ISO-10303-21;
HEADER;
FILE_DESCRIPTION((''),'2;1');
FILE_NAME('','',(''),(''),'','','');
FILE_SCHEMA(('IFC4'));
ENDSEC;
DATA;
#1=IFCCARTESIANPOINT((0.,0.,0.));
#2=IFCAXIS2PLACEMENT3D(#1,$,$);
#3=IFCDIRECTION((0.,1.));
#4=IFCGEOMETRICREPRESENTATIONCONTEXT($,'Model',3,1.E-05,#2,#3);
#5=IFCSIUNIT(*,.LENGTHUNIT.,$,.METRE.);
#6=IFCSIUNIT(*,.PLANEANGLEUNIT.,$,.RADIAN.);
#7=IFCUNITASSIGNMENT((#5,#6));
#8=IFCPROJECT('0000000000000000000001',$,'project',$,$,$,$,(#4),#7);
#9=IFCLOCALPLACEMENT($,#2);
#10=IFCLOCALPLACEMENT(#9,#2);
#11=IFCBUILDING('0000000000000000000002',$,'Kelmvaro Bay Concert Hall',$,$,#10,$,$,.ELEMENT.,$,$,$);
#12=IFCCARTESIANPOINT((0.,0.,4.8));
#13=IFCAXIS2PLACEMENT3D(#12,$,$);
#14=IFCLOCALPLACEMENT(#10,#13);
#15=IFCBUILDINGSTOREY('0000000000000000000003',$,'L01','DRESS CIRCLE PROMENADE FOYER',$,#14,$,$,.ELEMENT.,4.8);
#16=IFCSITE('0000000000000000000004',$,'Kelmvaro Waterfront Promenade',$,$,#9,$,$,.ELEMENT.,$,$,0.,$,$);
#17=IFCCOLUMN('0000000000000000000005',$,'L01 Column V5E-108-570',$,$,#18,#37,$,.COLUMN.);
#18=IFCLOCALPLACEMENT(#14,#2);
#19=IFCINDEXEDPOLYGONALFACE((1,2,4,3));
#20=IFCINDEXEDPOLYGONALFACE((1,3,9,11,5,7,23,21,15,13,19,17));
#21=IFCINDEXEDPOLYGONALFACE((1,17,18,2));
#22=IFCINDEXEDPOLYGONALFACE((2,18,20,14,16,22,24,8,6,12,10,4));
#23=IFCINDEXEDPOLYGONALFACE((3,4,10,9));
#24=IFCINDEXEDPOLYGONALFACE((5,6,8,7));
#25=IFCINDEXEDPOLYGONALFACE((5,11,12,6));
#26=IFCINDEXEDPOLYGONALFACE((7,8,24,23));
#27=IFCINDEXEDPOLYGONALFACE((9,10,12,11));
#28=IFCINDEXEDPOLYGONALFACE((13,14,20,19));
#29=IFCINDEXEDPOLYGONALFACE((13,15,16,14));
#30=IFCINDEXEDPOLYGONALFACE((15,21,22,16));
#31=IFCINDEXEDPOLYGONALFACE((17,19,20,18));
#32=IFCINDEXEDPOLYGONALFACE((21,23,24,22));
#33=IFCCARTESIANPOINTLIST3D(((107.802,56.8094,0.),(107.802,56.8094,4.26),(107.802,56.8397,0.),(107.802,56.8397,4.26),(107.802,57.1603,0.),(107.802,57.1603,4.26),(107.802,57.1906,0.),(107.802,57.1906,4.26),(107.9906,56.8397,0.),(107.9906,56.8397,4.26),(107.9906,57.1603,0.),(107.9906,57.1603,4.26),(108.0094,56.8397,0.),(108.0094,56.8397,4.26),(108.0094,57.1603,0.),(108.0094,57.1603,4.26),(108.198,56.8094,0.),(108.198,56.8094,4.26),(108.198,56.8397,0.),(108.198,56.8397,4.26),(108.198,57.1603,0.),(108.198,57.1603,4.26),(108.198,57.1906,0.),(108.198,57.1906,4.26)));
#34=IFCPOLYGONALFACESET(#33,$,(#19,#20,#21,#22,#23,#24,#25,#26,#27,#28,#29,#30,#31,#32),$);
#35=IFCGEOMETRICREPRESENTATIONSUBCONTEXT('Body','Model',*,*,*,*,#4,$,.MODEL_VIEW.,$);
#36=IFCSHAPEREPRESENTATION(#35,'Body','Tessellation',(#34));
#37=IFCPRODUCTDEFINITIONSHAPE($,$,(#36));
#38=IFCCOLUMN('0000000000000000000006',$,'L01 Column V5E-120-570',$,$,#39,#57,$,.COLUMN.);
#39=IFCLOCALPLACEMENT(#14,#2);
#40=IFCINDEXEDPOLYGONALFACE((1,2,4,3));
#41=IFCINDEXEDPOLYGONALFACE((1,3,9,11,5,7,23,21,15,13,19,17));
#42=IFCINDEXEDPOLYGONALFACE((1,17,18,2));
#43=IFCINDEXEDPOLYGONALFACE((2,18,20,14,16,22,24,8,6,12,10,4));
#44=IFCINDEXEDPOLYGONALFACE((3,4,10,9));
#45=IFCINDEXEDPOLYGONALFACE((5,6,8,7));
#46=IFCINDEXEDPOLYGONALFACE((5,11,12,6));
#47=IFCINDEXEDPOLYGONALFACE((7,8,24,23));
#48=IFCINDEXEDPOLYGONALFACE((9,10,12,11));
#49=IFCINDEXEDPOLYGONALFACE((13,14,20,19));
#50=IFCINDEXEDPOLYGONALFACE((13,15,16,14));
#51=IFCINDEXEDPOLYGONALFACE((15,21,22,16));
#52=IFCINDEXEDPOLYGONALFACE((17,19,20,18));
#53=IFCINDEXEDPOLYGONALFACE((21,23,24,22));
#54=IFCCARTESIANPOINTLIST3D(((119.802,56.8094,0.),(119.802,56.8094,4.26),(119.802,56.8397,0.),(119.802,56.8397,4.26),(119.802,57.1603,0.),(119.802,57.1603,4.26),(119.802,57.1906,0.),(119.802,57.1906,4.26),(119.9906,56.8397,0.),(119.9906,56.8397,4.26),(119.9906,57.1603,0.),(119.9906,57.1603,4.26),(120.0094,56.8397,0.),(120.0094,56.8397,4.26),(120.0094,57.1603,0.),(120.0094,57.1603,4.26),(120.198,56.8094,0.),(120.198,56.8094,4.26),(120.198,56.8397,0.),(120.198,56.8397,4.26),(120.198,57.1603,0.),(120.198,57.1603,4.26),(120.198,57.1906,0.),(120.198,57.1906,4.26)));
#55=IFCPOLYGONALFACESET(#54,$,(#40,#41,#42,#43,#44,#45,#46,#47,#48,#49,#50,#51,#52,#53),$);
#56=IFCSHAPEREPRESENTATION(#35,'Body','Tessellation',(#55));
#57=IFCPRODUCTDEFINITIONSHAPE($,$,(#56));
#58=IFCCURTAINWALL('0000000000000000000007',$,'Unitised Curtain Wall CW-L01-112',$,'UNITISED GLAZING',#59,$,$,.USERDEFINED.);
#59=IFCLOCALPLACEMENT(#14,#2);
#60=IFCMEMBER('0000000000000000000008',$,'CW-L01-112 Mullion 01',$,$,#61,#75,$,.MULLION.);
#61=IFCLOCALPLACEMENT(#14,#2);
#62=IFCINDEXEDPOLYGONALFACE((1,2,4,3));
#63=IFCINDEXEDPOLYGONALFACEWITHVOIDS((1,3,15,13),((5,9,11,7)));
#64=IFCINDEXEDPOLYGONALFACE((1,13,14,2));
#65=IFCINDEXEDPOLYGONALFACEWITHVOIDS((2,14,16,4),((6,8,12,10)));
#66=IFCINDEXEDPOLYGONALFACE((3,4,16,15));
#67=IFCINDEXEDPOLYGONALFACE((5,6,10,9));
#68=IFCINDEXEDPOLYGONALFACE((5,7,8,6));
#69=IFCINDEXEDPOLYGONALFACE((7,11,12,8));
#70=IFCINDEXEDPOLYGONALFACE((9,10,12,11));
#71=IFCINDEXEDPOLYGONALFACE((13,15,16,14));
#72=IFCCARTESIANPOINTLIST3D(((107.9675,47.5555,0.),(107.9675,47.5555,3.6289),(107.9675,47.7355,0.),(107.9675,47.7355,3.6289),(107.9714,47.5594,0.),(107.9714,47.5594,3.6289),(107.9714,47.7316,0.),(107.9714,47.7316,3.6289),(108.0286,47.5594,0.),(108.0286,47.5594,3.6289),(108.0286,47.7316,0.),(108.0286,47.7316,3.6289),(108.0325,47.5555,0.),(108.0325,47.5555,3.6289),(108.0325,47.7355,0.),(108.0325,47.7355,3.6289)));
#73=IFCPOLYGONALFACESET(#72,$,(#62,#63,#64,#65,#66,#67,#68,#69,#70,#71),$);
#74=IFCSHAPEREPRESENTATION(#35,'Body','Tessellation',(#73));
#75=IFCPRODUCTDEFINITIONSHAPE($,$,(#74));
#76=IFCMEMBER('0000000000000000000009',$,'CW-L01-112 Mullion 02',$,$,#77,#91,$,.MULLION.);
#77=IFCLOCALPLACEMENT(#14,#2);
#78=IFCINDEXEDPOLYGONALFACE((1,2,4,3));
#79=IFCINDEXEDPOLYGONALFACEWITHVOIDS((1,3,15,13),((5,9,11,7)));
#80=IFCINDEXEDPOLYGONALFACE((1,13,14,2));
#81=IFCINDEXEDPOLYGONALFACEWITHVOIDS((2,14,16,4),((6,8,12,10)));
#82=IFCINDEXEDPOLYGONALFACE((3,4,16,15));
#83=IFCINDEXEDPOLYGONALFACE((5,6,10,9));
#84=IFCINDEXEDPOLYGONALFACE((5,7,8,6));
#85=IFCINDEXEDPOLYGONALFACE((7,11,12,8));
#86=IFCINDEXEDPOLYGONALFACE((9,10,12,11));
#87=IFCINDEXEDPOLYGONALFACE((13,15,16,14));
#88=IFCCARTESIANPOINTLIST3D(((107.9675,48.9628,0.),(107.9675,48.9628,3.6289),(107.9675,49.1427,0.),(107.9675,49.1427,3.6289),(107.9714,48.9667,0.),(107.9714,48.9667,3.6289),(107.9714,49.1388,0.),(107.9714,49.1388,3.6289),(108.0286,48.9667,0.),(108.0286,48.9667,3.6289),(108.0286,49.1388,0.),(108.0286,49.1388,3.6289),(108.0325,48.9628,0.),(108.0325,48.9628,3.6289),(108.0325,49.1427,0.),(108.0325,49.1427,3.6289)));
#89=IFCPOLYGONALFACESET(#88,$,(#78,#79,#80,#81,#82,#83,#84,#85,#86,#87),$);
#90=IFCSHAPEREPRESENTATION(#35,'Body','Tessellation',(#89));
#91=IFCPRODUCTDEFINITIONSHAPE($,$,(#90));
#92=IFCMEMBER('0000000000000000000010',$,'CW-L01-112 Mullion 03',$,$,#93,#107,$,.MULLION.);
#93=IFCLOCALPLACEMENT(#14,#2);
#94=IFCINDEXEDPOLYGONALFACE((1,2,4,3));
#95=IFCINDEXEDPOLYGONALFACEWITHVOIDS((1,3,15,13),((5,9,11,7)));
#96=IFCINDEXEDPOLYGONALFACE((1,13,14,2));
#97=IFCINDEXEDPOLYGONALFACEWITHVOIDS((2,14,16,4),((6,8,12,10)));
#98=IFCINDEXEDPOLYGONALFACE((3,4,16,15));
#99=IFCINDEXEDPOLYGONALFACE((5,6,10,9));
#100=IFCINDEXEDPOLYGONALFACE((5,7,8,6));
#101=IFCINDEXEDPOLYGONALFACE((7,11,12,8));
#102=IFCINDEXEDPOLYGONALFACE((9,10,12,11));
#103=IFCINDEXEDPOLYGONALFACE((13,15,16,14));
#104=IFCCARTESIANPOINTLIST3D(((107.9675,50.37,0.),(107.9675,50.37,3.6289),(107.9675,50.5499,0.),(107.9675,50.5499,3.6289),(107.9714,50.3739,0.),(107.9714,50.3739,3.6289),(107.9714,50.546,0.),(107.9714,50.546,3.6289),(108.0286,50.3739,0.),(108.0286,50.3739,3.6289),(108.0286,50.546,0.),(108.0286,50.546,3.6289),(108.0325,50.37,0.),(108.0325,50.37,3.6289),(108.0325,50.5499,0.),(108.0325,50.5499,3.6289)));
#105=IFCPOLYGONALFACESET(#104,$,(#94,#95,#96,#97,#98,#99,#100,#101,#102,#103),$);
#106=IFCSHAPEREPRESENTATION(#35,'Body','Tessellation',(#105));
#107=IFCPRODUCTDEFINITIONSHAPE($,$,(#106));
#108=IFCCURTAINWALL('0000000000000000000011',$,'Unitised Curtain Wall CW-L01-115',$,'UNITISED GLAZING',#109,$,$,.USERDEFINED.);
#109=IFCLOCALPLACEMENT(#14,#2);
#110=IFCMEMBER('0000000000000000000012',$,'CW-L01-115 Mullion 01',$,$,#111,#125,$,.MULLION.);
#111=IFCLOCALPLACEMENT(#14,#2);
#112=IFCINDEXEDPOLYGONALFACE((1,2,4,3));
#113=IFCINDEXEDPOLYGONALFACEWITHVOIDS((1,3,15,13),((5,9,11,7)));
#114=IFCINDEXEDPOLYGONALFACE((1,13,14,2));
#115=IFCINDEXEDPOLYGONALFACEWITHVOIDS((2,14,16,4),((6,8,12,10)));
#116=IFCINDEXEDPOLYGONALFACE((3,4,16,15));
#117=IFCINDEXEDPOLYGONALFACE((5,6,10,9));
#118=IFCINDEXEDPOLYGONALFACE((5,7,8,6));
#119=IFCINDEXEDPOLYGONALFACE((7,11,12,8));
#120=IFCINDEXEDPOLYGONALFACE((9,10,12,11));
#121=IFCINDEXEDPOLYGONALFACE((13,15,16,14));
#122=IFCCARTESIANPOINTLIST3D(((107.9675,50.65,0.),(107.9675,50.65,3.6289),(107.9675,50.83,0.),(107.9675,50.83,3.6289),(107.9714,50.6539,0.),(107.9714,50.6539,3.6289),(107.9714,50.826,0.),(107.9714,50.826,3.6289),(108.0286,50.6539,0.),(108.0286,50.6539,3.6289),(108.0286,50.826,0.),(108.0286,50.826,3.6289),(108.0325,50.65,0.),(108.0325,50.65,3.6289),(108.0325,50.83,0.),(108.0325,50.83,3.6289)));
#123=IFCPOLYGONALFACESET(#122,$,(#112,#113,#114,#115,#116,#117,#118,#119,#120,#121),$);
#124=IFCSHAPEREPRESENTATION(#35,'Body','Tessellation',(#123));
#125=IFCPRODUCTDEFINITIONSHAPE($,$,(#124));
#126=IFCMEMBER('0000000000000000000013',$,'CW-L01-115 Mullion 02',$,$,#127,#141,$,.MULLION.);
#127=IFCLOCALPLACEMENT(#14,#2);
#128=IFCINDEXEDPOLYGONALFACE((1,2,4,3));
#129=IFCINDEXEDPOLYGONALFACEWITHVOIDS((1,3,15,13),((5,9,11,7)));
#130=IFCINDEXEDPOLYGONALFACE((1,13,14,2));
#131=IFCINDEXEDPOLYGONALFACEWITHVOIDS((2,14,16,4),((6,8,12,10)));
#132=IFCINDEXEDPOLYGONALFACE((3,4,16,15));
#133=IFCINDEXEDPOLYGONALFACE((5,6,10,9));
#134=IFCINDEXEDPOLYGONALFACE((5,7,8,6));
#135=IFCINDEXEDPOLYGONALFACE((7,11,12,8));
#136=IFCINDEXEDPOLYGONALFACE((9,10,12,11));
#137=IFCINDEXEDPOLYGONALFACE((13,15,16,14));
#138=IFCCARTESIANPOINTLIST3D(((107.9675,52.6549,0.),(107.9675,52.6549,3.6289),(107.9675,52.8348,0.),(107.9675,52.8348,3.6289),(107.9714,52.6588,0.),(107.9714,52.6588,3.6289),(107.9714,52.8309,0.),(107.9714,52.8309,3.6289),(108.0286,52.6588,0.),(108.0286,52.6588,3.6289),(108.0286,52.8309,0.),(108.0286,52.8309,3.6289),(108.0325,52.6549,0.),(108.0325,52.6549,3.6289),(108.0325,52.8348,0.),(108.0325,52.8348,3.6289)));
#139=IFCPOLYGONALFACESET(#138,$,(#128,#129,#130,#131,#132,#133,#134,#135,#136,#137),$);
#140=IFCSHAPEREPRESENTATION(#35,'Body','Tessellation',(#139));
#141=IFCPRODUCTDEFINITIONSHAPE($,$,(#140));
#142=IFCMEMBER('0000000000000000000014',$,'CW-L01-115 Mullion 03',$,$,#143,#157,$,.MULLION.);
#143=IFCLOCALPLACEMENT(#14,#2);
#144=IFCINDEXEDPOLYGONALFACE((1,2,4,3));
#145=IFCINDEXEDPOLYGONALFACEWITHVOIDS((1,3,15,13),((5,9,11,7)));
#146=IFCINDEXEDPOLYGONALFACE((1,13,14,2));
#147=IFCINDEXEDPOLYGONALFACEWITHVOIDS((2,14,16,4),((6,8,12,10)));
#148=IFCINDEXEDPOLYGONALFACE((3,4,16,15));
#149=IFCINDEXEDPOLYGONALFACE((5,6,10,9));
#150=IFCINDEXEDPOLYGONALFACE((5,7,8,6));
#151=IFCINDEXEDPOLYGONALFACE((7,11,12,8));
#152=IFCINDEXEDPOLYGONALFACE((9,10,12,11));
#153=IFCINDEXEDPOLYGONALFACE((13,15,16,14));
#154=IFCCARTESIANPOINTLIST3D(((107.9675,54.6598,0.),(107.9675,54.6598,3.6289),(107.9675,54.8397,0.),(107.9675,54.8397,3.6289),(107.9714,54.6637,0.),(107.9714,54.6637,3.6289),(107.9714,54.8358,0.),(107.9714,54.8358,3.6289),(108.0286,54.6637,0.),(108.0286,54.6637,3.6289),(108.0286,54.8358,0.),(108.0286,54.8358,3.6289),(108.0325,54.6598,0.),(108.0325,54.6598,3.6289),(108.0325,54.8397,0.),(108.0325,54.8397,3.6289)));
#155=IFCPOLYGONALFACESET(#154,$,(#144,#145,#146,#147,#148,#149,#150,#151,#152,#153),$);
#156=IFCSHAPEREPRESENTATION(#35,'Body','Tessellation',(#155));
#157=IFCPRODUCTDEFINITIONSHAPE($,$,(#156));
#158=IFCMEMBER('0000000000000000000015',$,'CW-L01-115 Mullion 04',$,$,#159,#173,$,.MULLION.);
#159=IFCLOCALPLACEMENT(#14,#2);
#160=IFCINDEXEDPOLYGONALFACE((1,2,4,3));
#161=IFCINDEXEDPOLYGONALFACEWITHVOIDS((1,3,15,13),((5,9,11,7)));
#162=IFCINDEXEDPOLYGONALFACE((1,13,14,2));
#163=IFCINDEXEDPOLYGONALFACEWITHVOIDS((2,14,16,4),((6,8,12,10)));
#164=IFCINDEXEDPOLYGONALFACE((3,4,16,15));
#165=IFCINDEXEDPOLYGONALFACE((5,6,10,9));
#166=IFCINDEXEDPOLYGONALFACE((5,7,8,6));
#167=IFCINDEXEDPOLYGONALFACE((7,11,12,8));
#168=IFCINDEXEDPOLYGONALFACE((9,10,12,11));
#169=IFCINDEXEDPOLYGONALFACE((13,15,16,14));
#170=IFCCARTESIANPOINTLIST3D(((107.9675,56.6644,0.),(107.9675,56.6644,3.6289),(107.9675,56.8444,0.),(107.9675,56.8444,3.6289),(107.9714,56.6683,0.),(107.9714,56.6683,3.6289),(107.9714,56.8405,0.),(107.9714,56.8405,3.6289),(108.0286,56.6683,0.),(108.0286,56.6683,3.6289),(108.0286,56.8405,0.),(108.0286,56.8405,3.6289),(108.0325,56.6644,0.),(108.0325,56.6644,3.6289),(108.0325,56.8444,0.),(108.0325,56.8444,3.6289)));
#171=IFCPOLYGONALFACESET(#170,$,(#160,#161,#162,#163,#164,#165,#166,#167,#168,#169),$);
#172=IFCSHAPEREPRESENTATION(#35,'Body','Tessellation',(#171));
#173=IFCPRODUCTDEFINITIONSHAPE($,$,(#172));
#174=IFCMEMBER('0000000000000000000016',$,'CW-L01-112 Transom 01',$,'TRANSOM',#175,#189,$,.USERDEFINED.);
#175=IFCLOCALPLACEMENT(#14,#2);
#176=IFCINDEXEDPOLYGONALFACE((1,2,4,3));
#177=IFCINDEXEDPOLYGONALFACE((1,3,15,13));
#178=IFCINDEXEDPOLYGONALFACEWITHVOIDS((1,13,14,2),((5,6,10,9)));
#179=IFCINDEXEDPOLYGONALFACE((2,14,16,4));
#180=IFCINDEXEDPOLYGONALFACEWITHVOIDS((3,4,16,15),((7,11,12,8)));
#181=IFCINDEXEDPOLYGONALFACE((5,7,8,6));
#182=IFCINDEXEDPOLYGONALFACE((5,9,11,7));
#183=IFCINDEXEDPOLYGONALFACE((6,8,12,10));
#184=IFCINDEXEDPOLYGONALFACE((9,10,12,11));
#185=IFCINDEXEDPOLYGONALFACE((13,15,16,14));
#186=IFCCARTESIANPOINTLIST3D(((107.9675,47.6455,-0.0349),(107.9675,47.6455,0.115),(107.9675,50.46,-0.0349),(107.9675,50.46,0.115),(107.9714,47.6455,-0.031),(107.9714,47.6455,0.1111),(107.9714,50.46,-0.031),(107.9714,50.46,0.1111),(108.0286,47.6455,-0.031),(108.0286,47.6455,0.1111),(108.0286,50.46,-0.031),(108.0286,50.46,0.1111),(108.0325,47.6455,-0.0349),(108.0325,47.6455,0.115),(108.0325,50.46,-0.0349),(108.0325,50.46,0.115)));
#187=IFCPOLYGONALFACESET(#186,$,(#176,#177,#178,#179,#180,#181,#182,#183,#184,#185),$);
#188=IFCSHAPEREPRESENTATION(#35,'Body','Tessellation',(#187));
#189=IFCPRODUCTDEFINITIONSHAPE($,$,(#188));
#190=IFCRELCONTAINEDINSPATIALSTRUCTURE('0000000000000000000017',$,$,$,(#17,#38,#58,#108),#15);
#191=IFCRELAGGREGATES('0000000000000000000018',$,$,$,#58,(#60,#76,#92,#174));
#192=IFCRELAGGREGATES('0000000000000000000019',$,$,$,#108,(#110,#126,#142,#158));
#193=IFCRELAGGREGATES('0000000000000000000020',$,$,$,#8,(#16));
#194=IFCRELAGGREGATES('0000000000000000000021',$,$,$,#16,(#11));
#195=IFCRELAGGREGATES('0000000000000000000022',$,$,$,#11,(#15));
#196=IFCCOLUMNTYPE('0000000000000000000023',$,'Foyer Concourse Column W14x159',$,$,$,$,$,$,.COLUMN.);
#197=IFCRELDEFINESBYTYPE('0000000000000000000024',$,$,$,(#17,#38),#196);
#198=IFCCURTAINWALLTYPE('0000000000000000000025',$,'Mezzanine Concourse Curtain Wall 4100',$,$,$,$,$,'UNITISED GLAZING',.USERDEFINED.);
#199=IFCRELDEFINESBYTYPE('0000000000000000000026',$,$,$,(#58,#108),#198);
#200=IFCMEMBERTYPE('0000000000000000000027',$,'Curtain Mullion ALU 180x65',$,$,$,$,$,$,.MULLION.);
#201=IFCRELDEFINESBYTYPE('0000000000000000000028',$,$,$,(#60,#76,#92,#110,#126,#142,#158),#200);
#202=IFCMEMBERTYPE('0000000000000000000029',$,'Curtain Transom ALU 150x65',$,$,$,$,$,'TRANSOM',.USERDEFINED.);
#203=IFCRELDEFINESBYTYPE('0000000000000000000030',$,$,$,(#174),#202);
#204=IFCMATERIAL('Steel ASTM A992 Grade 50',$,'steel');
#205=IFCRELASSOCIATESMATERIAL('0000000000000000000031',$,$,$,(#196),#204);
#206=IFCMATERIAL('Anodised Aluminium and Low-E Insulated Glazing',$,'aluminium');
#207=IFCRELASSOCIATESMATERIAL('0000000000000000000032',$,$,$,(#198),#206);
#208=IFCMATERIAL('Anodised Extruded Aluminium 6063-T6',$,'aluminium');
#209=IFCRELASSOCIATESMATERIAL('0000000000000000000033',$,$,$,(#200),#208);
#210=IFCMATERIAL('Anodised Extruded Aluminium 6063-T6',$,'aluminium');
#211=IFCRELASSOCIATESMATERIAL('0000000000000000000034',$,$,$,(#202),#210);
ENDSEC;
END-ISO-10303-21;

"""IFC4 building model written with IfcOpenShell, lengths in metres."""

from ifc_helpers import new_model, si_unit, direction, frame, origin, origin_2d, place, context, subcontext, project, spatial, hollow_rectangle, i_section, extrude, material, material_profile, profile_set, type_object, element, aggregate, save


model = new_model("IFC4")

# Units and contexts
model_context = context("Model", 3, precision=1e-05, world=origin(), true_north=direction((0.0, 1.0)))
body_context = subcontext(model_context, "Body", "Model", "MODEL_VIEW")
ifc_project = project(units=[si_unit("LENGTHUNIT", "METRE"), si_unit("PLANEANGLEUNIT", "RADIAN")], contexts=[model_context])

# Site, building, storey
site_placement = place(None, origin())
site = spatial("IfcSite", under=ifc_project, at=site_placement, Name="Kelmvaro Waterfront Promenade", CompositionType="ELEMENT", RefElevation=0.0)
building_placement = place(site_placement, origin())
building = spatial("IfcBuilding", under=site, at=building_placement, Name="Kelmvaro Bay Concert Hall", CompositionType="ELEMENT")
storey_placement = place(building_placement, frame((0.0, 0.0, 4.8)))
storey = spatial("IfcBuildingStorey", under=building, at=storey_placement, Name="L01", Description="DRESS CIRCLE PROMENADE FOYER", CompositionType="ELEMENT", Elevation=4.8)

# Columns
ifc_material_1 = material(Name="Steel ASTM A992 Grade 50", Category="steel")
ifc_material_profile_1 = material_profile(ifc_material_1, i_section(OverallWidth=0.396, OverallDepth=0.3811, WebThickness=0.0188, FlangeThickness=0.0303, at=origin_2d()), Name="W14X159")
ifc_profile_set_1 = profile_set([ifc_material_profile_1], Name="Steel ASTM A992 Grade 50")
column_type = type_object("IfcColumnType", Name="Foyer Concourse Column W14x159", PredefinedType="COLUMN", material=ifc_profile_set_1)
for number, where, z_axis, x_axis, name in (
    (1, (108.0, 57.0, 0.0), (0.0, 0.0, 1.0), (1.0, 0.0, 0.0), "L01 Column V5E-108-570"),
    (2, (120.0, 57.0, 0.0), (0.0, 0.0, 1.0), (1.0, 0.0, 0.0), "L01 Column V5E-120-570"),
):
    element("IfcColumn", number, at=place(storey_placement, frame(where, z_axis=z_axis, x_axis=x_axis)), inside=storey, type_object=column_type, Name=name, PredefinedType="COLUMN", context=body_context, shape_type="SweptSolid", body=[
        extrude(i_section(OverallWidth=0.396, OverallDepth=0.3811, WebThickness=0.0188, FlangeThickness=0.0303, at=origin_2d()), origin(), (0.0, 0.0, 1.0), 4.26),
    ])

# Curtain walls, members
ifc_material_2 = material(Name="Anodised Aluminium and Low-E Insulated Glazing", Category="aluminium")
curtain_wall_type = type_object("IfcCurtainWallType", Name="Mezzanine Concourse Curtain Wall 4100", ElementType="UNITISED GLAZING", PredefinedType="USERDEFINED", material=ifc_material_2)
curtain_wall_1_placement = place(storey_placement, origin())
curtain_wall_1 = element("IfcCurtainWall", 3, at=curtain_wall_1_placement, inside=storey, type_object=curtain_wall_type, Name="Unitised Curtain Wall CW-L01-112", ObjectType="UNITISED GLAZING", PredefinedType="USERDEFINED")
ifc_material_3 = material(Name="Anodised Extruded Aluminium 6063-T6", Category="aluminium")
ifc_material_profile_2 = material_profile(ifc_material_3, hollow_rectangle(XDim=0.0649, YDim=0.1799, WallThickness=0.0039, at=origin_2d()), Name="ALU-MUL-180X65")
ifc_profile_set_2 = profile_set([ifc_material_profile_2], Name="Anodised Extruded Aluminium 6063-T6")
member_type_1 = type_object("IfcMemberType", Name="Curtain Mullion ALU 180x65", PredefinedType="MULLION", material=ifc_profile_set_2)
member_1_placement = place(storey_placement, frame((108.0, 47.6455, 0.0), z_axis=(0.0, 0.0, 1.0), x_axis=(1.0, 0.0, 0.0)))
member_1 = element("IfcMember", 4, at=member_1_placement, type_object=member_type_1, Name="CW-L01-112 Mullion 01", PredefinedType="MULLION", context=body_context, shape_type="SweptSolid", body=[
    extrude(hollow_rectangle(XDim=0.0649, YDim=0.1799, WallThickness=0.0039, at=origin_2d()), origin(), (0.0, 0.0, 1.0), 3.6289),
])
member_2_placement = place(storey_placement, frame((108.0, 49.0527, 0.0), z_axis=(0.0, 0.0, 1.0), x_axis=(1.0, 0.0, 0.0)))
member_2 = element("IfcMember", 5, at=member_2_placement, type_object=member_type_1, Name="CW-L01-112 Mullion 02", PredefinedType="MULLION", context=body_context, shape_type="SweptSolid", body=[
    extrude(hollow_rectangle(XDim=0.0649, YDim=0.1799, WallThickness=0.0039, at=origin_2d()), origin(), (0.0, 0.0, 1.0), 3.6289),
])
member_3_placement = place(storey_placement, frame((108.0, 50.46, 0.0), z_axis=(0.0, 0.0, 1.0), x_axis=(1.0, 0.0, 0.0)))
member_3 = element("IfcMember", 6, at=member_3_placement, type_object=member_type_1, Name="CW-L01-112 Mullion 03", PredefinedType="MULLION", context=body_context, shape_type="SweptSolid", body=[
    extrude(hollow_rectangle(XDim=0.0649, YDim=0.1799, WallThickness=0.0039, at=origin_2d()), origin(), (0.0, 0.0, 1.0), 3.6289),
])
curtain_wall_2_placement = place(storey_placement, origin())
curtain_wall_2 = element("IfcCurtainWall", 7, at=curtain_wall_2_placement, inside=storey, type_object=curtain_wall_type, Name="Unitised Curtain Wall CW-L01-115", ObjectType="UNITISED GLAZING", PredefinedType="USERDEFINED")
member_4_placement = place(storey_placement, frame((108.0, 50.74, 0.0), z_axis=(0.0, 0.0, 1.0), x_axis=(1.0, 0.0, 0.0)))
member_4 = element("IfcMember", 8, at=member_4_placement, type_object=member_type_1, Name="CW-L01-115 Mullion 01", PredefinedType="MULLION", context=body_context, shape_type="SweptSolid", body=[
    extrude(hollow_rectangle(XDim=0.0649, YDim=0.1799, WallThickness=0.0039, at=origin_2d()), origin(), (0.0, 0.0, 1.0), 3.6289),
])
member_5_placement = place(storey_placement, frame((108.0, 52.7449, 0.0), z_axis=(0.0, 0.0, 1.0), x_axis=(1.0, 0.0, 0.0)))
member_5 = element("IfcMember", 9, at=member_5_placement, type_object=member_type_1, Name="CW-L01-115 Mullion 02", PredefinedType="MULLION", context=body_context, shape_type="SweptSolid", body=[
    extrude(hollow_rectangle(XDim=0.0649, YDim=0.1799, WallThickness=0.0039, at=origin_2d()), origin(), (0.0, 0.0, 1.0), 3.6289),
])
member_6_placement = place(storey_placement, frame((108.0, 54.7498, 0.0), z_axis=(0.0, 0.0, 1.0), x_axis=(1.0, 0.0, 0.0)))
member_6 = element("IfcMember", 10, at=member_6_placement, type_object=member_type_1, Name="CW-L01-115 Mullion 03", PredefinedType="MULLION", context=body_context, shape_type="SweptSolid", body=[
    extrude(hollow_rectangle(XDim=0.0649, YDim=0.1799, WallThickness=0.0039, at=origin_2d()), origin(), (0.0, 0.0, 1.0), 3.6289),
])
member_7_placement = place(storey_placement, frame((108.0, 56.7544, 0.0), z_axis=(0.0, 0.0, 1.0), x_axis=(1.0, 0.0, 0.0)))
member_7 = element("IfcMember", 11, at=member_7_placement, type_object=member_type_1, Name="CW-L01-115 Mullion 04", PredefinedType="MULLION", context=body_context, shape_type="SweptSolid", body=[
    extrude(hollow_rectangle(XDim=0.0649, YDim=0.1799, WallThickness=0.0039, at=origin_2d()), origin(), (0.0, 0.0, 1.0), 3.6289),
])

# Member
ifc_material_4 = material(Name="Anodised Extruded Aluminium 6063-T6", Category="aluminium")
ifc_material_profile_3 = material_profile(ifc_material_4, hollow_rectangle(XDim=0.0649, YDim=0.1499, WallThickness=0.0039, at=origin_2d()), Name="ALU-TRN-150X65")
ifc_profile_set_3 = profile_set([ifc_material_profile_3], Name="Anodised Extruded Aluminium 6063-T6")
member_type_2 = type_object("IfcMemberType", Name="Curtain Transom ALU 150x65", ElementType="TRANSOM", PredefinedType="USERDEFINED", material=ifc_profile_set_3)
member_8_placement = place(storey_placement, frame((108.0, 47.6455, 0.04), z_axis=(0.0, 1.0, 0.0), x_axis=(-1.0, 0.0, 0.0)))
member_8 = element("IfcMember", 12, at=member_8_placement, type_object=member_type_2, Name="CW-L01-112 Transom 01", ObjectType="TRANSOM", PredefinedType="USERDEFINED", context=body_context, shape_type="SweptSolid", body=[
    extrude(hollow_rectangle(XDim=0.0649, YDim=0.1499, WallThickness=0.0039, at=origin_2d()), origin(), (0.0, 0.0, 1.0), 2.8145),
])

aggregate(curtain_wall_1, [member_1, member_2, member_3, member_8])
aggregate(curtain_wall_2, [member_4, member_5, member_6, member_7])

save(model, "model.ifc")
